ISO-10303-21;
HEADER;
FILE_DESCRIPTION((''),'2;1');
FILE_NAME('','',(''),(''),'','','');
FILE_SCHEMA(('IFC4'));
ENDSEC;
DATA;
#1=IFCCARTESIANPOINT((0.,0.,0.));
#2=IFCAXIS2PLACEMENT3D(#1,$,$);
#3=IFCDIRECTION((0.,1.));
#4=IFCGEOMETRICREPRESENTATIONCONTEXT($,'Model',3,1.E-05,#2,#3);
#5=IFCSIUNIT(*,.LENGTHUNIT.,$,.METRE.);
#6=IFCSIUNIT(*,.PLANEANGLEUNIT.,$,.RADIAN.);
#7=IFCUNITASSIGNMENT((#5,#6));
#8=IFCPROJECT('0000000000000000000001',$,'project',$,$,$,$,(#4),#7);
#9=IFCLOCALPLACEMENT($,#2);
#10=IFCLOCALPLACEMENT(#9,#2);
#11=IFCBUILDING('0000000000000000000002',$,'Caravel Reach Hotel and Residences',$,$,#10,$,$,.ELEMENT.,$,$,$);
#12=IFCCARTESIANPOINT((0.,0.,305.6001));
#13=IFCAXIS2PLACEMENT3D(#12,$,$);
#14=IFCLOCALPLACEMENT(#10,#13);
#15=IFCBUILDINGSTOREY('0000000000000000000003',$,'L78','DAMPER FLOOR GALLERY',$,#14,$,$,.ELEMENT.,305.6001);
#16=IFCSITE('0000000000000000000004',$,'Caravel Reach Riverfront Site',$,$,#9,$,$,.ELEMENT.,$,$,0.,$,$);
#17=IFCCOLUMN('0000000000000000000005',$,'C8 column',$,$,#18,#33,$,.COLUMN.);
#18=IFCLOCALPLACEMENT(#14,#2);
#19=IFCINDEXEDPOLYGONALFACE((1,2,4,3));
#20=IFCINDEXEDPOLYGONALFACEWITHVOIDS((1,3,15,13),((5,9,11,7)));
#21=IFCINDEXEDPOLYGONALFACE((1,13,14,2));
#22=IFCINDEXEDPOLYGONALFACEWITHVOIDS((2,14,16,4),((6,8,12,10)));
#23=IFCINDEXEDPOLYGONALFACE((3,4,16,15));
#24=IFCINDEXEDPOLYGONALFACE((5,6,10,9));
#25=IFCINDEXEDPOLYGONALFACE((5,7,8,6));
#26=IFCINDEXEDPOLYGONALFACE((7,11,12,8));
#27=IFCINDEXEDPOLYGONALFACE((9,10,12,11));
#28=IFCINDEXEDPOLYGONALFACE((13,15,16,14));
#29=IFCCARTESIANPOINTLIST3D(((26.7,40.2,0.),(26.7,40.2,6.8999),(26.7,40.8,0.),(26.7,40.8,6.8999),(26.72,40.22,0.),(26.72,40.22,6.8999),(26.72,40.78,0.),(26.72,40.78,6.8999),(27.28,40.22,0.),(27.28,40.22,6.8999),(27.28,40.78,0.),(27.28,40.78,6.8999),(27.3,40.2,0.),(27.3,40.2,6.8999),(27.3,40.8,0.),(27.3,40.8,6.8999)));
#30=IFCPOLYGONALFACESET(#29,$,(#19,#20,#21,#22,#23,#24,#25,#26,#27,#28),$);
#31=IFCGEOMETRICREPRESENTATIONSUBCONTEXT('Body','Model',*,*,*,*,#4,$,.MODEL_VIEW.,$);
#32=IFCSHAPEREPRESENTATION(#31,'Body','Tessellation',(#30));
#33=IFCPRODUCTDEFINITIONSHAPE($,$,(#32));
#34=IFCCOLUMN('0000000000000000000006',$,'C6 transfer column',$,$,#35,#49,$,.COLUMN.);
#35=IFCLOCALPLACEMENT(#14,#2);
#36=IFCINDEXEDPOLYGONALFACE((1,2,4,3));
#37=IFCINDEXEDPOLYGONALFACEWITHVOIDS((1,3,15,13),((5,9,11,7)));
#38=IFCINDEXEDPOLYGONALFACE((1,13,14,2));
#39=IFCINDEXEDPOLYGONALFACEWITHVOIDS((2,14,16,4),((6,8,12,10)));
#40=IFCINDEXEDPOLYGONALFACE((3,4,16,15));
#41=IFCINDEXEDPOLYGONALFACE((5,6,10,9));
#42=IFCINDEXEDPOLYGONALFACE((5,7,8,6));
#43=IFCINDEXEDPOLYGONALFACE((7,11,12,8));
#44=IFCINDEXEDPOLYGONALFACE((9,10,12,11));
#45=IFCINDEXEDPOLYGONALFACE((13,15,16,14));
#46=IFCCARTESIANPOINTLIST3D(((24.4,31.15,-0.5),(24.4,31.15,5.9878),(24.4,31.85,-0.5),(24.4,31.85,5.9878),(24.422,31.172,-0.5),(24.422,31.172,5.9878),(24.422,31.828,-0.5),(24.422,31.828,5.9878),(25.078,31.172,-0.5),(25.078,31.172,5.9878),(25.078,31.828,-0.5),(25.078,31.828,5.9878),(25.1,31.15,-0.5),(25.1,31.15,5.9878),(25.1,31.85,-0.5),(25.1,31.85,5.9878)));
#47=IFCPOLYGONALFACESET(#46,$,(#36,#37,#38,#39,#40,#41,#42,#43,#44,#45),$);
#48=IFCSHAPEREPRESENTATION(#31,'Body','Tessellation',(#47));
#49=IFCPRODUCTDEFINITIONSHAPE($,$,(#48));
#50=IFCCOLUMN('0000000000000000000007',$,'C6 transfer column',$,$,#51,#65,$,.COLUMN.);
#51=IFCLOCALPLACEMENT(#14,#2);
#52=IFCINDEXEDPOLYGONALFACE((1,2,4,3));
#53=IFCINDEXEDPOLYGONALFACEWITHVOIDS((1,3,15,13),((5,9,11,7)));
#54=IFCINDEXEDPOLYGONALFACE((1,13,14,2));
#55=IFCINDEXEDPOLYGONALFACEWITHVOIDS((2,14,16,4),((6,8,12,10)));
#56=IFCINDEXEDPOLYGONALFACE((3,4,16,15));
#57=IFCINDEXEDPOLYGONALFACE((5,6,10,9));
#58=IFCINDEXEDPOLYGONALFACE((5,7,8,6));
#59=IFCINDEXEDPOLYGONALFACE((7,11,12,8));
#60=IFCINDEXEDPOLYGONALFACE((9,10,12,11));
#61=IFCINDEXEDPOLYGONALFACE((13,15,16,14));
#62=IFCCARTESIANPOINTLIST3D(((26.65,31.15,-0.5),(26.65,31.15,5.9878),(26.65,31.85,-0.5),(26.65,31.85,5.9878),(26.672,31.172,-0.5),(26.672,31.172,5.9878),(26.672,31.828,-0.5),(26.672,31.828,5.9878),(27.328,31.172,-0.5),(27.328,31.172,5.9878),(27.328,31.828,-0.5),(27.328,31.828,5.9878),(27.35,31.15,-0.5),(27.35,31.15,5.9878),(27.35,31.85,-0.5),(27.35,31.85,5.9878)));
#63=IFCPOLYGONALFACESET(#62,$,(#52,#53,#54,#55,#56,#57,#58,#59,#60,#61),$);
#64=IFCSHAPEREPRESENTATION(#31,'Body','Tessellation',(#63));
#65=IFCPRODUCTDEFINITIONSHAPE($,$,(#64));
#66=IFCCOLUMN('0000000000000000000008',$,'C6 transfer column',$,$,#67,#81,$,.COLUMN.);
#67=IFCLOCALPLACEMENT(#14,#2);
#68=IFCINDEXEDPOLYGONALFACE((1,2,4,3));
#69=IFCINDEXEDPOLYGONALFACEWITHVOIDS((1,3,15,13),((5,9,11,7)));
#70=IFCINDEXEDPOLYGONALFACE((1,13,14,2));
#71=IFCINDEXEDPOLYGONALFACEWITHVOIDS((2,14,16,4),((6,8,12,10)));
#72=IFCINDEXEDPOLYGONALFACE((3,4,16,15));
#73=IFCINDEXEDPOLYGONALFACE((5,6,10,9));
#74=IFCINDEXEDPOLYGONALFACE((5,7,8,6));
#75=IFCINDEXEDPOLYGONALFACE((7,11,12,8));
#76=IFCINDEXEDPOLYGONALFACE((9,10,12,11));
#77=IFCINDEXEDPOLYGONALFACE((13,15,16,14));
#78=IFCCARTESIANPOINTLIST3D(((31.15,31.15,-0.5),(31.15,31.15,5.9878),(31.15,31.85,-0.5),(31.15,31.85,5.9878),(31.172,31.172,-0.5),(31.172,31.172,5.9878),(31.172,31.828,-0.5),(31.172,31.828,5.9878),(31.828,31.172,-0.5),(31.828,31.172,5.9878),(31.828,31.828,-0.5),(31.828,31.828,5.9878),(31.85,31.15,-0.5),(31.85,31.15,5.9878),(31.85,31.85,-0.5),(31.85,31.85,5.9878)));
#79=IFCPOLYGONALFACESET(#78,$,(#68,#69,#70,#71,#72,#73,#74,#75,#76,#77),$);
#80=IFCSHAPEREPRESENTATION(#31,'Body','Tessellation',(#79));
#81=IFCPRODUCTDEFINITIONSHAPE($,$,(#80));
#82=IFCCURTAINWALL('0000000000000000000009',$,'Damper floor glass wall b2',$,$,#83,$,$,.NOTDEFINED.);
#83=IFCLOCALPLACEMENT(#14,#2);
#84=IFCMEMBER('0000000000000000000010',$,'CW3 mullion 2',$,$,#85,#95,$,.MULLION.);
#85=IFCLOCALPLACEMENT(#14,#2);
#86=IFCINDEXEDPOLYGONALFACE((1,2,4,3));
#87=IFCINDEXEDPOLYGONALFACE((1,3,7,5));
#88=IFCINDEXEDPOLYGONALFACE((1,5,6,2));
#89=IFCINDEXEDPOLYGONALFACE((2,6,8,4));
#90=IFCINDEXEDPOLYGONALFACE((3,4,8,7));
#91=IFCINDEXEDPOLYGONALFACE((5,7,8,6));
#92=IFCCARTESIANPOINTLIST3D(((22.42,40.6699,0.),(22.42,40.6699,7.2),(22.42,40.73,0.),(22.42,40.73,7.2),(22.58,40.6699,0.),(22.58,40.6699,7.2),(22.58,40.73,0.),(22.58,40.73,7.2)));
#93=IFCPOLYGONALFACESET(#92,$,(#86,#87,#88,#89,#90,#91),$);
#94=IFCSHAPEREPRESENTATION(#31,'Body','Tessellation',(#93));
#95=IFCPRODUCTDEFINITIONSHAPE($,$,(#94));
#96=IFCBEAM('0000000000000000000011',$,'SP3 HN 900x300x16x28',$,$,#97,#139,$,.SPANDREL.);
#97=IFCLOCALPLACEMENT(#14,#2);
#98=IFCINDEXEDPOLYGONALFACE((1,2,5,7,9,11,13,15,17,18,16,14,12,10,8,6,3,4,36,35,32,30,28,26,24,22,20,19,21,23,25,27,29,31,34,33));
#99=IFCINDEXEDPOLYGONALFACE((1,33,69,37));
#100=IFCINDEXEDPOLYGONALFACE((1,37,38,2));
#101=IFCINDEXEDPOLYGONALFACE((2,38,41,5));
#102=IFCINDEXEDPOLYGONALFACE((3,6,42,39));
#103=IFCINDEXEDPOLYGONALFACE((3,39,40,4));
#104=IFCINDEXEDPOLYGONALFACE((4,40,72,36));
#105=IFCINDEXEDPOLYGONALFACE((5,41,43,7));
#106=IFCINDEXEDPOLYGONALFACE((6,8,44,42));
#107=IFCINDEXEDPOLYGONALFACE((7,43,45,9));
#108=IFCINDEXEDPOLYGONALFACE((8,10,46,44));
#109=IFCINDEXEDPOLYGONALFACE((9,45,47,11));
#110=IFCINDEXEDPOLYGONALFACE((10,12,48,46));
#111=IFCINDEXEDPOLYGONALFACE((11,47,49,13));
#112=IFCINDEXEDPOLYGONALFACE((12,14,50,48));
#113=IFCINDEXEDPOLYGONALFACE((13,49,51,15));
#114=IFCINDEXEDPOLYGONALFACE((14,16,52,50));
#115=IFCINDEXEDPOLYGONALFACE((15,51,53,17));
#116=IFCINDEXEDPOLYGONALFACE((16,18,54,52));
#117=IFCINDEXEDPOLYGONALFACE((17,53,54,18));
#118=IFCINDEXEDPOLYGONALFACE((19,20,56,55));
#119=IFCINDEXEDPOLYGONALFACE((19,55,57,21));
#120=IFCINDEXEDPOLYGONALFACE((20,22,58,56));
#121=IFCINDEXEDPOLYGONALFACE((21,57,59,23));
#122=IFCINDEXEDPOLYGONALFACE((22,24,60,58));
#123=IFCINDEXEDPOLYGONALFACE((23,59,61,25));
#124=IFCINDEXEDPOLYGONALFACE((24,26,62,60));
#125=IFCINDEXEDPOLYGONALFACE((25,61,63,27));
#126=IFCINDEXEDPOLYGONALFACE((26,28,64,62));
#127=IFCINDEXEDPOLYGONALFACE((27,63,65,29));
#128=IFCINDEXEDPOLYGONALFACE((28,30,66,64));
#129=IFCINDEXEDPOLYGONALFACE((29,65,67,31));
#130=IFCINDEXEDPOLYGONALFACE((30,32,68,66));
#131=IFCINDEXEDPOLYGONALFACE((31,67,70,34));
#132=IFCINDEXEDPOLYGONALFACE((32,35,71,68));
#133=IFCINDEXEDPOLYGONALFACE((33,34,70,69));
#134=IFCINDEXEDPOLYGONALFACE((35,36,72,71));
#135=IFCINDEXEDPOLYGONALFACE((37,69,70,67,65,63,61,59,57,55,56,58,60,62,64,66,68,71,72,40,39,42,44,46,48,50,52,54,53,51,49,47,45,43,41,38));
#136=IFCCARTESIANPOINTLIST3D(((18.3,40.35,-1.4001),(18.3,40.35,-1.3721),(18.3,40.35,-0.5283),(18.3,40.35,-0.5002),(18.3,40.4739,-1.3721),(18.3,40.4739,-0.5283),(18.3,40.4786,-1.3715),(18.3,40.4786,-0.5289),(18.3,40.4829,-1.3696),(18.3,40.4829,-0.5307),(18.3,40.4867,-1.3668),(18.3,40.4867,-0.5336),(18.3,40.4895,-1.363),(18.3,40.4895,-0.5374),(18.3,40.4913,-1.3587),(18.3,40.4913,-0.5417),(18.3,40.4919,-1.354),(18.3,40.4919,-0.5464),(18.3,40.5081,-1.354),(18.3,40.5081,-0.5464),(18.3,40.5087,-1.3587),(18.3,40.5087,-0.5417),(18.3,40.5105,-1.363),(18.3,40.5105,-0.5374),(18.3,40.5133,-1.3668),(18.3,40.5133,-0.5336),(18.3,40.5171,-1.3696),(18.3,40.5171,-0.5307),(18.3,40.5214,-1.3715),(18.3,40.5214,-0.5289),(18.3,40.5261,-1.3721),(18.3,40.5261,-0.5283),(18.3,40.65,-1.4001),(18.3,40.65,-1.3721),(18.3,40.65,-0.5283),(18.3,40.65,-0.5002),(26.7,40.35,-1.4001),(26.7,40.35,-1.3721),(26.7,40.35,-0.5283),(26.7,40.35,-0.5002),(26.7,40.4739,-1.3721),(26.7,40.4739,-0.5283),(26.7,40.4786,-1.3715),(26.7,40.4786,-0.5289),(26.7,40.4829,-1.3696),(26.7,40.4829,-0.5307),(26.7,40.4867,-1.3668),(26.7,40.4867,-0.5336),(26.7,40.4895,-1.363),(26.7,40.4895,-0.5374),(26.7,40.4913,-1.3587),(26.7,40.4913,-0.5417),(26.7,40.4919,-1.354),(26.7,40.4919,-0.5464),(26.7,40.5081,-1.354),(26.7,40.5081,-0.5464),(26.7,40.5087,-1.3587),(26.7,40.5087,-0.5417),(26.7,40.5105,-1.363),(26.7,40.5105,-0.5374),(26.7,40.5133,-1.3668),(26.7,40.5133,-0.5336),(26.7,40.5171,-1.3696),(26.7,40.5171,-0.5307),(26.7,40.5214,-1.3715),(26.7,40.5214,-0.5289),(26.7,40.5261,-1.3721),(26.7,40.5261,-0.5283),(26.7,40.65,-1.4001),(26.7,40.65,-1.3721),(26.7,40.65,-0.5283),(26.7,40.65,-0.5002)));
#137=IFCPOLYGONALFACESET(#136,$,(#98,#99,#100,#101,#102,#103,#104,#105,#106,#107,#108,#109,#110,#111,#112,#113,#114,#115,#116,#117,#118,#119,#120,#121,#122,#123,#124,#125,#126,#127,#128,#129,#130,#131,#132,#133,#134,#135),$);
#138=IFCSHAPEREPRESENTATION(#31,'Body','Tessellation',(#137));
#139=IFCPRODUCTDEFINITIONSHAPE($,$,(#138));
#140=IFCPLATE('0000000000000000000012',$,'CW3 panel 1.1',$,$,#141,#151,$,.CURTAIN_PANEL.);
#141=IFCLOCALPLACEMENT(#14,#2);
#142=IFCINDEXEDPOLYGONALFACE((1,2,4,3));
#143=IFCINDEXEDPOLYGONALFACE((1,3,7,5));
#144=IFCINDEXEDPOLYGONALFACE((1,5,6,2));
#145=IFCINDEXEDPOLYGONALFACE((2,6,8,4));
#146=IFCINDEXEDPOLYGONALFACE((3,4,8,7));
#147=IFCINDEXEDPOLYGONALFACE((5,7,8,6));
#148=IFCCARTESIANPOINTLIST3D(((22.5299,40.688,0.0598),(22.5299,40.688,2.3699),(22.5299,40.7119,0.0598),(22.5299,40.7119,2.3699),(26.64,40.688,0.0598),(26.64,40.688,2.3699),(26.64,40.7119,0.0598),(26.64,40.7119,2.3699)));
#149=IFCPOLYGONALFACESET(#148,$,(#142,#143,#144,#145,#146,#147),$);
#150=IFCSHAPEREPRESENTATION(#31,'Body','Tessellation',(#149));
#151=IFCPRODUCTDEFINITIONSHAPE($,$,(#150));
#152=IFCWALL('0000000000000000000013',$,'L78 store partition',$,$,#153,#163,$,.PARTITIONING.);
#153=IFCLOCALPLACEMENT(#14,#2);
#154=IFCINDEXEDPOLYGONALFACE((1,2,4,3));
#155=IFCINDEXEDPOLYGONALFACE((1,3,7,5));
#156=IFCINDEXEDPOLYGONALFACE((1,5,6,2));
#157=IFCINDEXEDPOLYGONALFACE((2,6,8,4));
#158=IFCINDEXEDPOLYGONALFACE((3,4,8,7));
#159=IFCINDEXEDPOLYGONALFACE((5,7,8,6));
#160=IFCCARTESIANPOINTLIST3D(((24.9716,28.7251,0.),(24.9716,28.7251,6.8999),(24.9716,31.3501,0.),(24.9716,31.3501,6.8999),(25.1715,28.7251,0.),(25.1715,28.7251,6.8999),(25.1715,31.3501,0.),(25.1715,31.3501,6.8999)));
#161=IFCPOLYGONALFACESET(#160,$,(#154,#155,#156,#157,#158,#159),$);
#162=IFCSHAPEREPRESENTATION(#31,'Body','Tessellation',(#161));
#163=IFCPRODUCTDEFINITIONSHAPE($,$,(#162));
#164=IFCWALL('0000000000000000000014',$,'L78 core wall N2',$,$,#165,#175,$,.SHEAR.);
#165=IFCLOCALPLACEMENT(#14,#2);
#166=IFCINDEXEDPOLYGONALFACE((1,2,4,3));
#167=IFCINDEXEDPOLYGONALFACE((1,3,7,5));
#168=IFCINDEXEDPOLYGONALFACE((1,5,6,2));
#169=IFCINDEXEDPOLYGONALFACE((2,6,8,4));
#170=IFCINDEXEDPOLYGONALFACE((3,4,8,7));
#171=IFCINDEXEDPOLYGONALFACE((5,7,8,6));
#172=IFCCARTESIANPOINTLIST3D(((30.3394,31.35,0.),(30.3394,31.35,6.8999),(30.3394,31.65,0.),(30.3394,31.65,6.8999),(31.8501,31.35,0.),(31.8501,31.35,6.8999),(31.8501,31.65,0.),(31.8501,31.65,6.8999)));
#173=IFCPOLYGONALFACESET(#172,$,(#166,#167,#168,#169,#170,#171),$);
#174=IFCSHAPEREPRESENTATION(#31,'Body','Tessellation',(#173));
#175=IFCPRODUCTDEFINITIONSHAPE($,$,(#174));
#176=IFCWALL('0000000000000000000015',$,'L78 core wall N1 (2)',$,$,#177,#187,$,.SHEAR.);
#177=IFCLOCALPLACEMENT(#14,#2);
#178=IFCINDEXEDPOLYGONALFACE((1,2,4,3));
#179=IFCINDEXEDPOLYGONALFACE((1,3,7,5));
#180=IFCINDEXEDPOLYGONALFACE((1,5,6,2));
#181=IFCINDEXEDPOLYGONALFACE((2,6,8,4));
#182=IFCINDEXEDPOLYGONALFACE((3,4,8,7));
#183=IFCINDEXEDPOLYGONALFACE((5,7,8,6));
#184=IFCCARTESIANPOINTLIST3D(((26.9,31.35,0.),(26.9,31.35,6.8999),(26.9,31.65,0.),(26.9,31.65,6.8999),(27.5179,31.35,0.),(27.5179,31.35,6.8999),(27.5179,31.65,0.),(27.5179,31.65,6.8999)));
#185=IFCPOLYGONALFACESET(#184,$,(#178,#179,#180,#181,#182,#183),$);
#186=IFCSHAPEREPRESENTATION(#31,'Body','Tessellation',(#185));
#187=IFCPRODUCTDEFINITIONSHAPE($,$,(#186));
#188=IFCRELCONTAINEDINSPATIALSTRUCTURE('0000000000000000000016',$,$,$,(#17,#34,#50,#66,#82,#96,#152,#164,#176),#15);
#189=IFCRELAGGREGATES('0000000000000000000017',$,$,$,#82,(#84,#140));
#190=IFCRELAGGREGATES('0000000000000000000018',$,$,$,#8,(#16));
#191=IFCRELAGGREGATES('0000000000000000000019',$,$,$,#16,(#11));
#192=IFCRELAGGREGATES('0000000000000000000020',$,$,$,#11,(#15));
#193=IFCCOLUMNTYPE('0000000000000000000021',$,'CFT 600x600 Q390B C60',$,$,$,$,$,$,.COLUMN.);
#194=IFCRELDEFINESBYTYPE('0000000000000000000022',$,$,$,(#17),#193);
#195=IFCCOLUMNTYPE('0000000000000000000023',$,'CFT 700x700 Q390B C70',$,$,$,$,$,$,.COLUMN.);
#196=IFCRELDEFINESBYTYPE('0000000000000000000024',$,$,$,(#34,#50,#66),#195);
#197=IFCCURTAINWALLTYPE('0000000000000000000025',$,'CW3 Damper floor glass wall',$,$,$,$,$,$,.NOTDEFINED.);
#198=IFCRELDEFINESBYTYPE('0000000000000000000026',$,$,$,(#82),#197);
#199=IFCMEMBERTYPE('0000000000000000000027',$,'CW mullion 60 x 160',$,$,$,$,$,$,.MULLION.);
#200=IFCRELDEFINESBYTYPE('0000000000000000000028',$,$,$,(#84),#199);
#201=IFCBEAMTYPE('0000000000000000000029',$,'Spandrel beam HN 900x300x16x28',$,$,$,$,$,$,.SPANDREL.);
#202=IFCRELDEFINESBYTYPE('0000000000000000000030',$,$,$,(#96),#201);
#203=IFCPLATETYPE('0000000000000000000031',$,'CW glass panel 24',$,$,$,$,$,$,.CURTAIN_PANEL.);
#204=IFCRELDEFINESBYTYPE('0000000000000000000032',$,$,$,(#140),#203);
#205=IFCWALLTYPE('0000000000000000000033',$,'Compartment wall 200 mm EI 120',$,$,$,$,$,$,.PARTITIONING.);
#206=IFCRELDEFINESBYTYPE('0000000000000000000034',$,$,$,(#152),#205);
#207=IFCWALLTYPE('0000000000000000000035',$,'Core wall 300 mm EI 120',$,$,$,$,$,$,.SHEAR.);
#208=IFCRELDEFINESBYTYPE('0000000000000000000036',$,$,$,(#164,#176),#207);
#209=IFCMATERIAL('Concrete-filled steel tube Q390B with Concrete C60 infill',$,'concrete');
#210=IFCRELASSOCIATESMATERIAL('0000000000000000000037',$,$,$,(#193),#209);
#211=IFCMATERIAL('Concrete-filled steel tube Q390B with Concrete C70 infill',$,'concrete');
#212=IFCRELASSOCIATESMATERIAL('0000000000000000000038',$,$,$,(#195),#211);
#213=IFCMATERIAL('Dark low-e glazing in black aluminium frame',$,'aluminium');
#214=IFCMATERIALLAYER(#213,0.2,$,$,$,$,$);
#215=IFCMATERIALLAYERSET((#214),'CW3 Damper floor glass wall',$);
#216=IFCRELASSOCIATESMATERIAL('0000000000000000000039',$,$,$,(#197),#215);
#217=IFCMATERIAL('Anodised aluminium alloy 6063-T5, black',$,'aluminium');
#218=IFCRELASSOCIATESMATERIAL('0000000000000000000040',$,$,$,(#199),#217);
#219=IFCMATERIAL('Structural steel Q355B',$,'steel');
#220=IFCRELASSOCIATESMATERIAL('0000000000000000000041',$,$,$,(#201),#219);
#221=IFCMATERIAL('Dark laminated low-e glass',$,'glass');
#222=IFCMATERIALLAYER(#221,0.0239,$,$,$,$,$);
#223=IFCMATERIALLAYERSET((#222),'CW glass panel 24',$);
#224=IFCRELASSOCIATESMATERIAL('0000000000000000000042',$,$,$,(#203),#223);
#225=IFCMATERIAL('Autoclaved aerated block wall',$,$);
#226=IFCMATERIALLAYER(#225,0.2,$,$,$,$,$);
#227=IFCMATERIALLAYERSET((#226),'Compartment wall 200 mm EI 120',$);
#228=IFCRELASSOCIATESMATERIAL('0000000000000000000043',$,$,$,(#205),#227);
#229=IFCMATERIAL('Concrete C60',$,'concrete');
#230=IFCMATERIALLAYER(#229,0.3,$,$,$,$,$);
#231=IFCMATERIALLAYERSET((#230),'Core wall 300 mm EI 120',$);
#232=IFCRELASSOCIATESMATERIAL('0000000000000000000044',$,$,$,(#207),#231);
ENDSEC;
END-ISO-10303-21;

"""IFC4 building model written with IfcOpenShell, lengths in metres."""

from ifc_helpers import new_model, si_unit, direction, frame, frame_2d, origin, origin_2d, place, context, subcontext, project, spatial, rectangle, hollow_rectangle, i_section, extrude, material, layer, layer_set, material_profile, profile_set, type_object, element, aggregate, save


model = new_model("IFC4")

# Units and contexts
model_context = context("Model", 3, precision=1e-05, world=origin(), true_north=direction((0.0, 1.0)))
body_context = subcontext(model_context, "Body", "Model", "MODEL_VIEW")
ifc_project = project(units=[si_unit("LENGTHUNIT", "METRE"), si_unit("PLANEANGLEUNIT", "RADIAN")], contexts=[model_context])

# Site, building, storey
site_placement = place(None, origin())
site = spatial("IfcSite", under=ifc_project, at=site_placement, Name="Caravel Reach Riverfront Site", CompositionType="ELEMENT", RefElevation=0.0)
building_placement = place(site_placement, origin())
building = spatial("IfcBuilding", under=site, at=building_placement, Name="Caravel Reach Hotel and Residences", CompositionType="ELEMENT")
storey_placement = place(building_placement, frame((0.0, 0.0, 305.6001)))
storey = spatial("IfcBuildingStorey", under=building, at=storey_placement, Name="L78", Description="DAMPER FLOOR GALLERY", CompositionType="ELEMENT", Elevation=305.6001)

# Columns
ifc_material_1 = material(Name="Concrete-filled steel tube Q390B with Concrete C60 infill", Category="concrete")
ifc_material_profile_1 = material_profile(ifc_material_1, hollow_rectangle(XDim=0.6001, YDim=0.6001, WallThickness=0.02, at=origin_2d()), Name="RHS 600x600x20")
ifc_profile_set_1 = profile_set([ifc_material_profile_1], Name="Concrete-filled steel tube Q390B with Concrete C60 infill")
column_type_1 = type_object("IfcColumnType", Name="CFT 600x600 Q390B C60", PredefinedType="COLUMN", material=ifc_profile_set_1)
column_placement = place(storey_placement, frame((27.0, 40.5, 0.0), z_axis=(0.0, 0.0, 1.0), x_axis=(1.0, 0.0, 0.0)))
element("IfcColumn", 1, at=column_placement, inside=storey, type_object=column_type_1, Name="C8 column", PredefinedType="COLUMN", context=body_context, shape_type="SweptSolid", body=[
    extrude(hollow_rectangle(XDim=0.6001, YDim=0.6001, WallThickness=0.02, at=origin_2d()), origin(), (0.0, 0.0, 1.0), 6.8999),
])
ifc_material_2 = material(Name="Concrete-filled steel tube Q390B with Concrete C70 infill", Category="concrete")
ifc_material_profile_2 = material_profile(ifc_material_2, hollow_rectangle(XDim=0.7, YDim=0.7, WallThickness=0.022, at=origin_2d()), Name="RHS 700x700x22")
ifc_profile_set_2 = profile_set([ifc_material_profile_2], Name="Concrete-filled steel tube Q390B with Concrete C70 infill")
column_type_2 = type_object("IfcColumnType", Name="CFT 700x700 Q390B C70", PredefinedType="COLUMN", material=ifc_profile_set_2)
for number, where, z_axis, x_axis, name in (
    (2, (24.75, 31.5, -0.5), (0.0, 0.0, 1.0), (1.0, 0.0, 0.0), "C6 transfer column"),
    (3, (27.0, 31.5, -0.5), (0.0, 0.0, 1.0), (1.0, 0.0, 0.0), "C6 transfer column"),
    (4, (31.5, 31.5, -0.5), (0.0, 0.0, 1.0), (1.0, 0.0, 0.0), "C6 transfer column"),
):
    element("IfcColumn", number, at=place(storey_placement, frame(where, z_axis=z_axis, x_axis=x_axis)), inside=storey, type_object=column_type_2, Name=name, PredefinedType="COLUMN", context=body_context, shape_type="SweptSolid", body=[
        extrude(hollow_rectangle(XDim=0.7, YDim=0.7, WallThickness=0.022, at=origin_2d()), origin(), (0.0, 0.0, 1.0), 6.4878),
    ])

# Curtain wall, member
ifc_material_3 = material(Name="Dark low-e glazing in black aluminium frame", Category="aluminium")
ifc_layer_1 = layer(ifc_material_3, 0.2)
ifc_layer_set_1 = layer_set([ifc_layer_1], Name="CW3 Damper floor glass wall")
curtain_wall_type = type_object("IfcCurtainWallType", Name="CW3 Damper floor glass wall", PredefinedType="NOTDEFINED", material=ifc_layer_set_1)
curtain_wall_placement = place(storey_placement, origin())
curtain_wall = element("IfcCurtainWall", 5, at=curtain_wall_placement, inside=storey, type_object=curtain_wall_type, Name="Damper floor glass wall b2", PredefinedType="NOTDEFINED")
ifc_material_4 = material(Name="Anodised aluminium alloy 6063-T5, black", Category="aluminium")
ifc_material_profile_3 = material_profile(ifc_material_4, rectangle(XDim=0.0601, YDim=0.1599, at=origin_2d()), Name="CW mullion 60 x 160")
ifc_profile_set_3 = profile_set([ifc_material_profile_3], Name="Anodised aluminium alloy 6063-T5, black")
member_type = type_object("IfcMemberType", Name="CW mullion 60 x 160", PredefinedType="MULLION", material=ifc_profile_set_3)
member_placement = place(storey_placement, frame((22.5, 40.7, 0.0), z_axis=(0.0, 0.0, 1.0), x_axis=(0.0, -1.0, 0.0)))
member = element("IfcMember", 6, at=member_placement, type_object=member_type, Name="CW3 mullion 2", PredefinedType="MULLION", context=body_context, shape_type="SweptSolid", body=[
    extrude(rectangle(XDim=0.0601, YDim=0.1599, at=origin_2d()), origin(), (0.0, 0.0, 1.0), 7.2),
])

# Beam
ifc_material_5 = material(Name="Structural steel Q355B", Category="steel")
ifc_material_profile_4 = material_profile(ifc_material_5, i_section(OverallWidth=0.3, OverallDepth=0.8999, WebThickness=0.0161, FlangeThickness=0.0281, FilletRadius=0.0181, at=origin_2d()), Name="HN 900x300x16x28")
ifc_profile_set_4 = profile_set([ifc_material_profile_4], Name="Structural steel Q355B")
beam_type = type_object("IfcBeamType", Name="Spandrel beam HN 900x300x16x28", PredefinedType="SPANDREL", material=ifc_profile_set_4)
beam_placement = place(storey_placement, frame((26.7, 40.5, -0.9502), z_axis=(-1.0, 0.0, 0.0), x_axis=(0.0, -1.0, 0.0)))
element("IfcBeam", 7, at=beam_placement, inside=storey, type_object=beam_type, Name="SP3 HN 900x300x16x28", PredefinedType="SPANDREL", context=body_context, shape_type="SweptSolid", body=[
    extrude(i_section(OverallWidth=0.3, OverallDepth=0.8999, WebThickness=0.0161, FlangeThickness=0.0281, FilletRadius=0.0181, at=origin_2d()), origin(), (0.0, 0.0, 1.0), 8.3999),
])

# Plate
ifc_material_6 = material(Name="Dark laminated low-e glass", Category="glass")
ifc_layer_2 = layer(ifc_material_6, 0.0239)
ifc_layer_set_2 = layer_set([ifc_layer_2], Name="CW glass panel 24")
plate_type = type_object("IfcPlateType", Name="CW glass panel 24", PredefinedType="CURTAIN_PANEL", material=ifc_layer_set_2)
plate_placement = place(storey_placement, frame((24.585, 40.7, 0.0598), z_axis=(0.0, 0.0, 1.0), x_axis=(-1.0, 0.0, 0.0)))
plate = element("IfcPlate", 8, at=plate_placement, type_object=plate_type, Name="CW3 panel 1.1", PredefinedType="CURTAIN_PANEL", context=body_context, shape_type="SweptSolid", body=[
    extrude(rectangle(XDim=4.1101, YDim=0.0239, at=origin_2d()), origin(), (0.0, 0.0, 1.0), 2.3101),
])
aggregate(curtain_wall, [member, plate])

# Walls
ifc_material_7 = material(Name="Autoclaved aerated block wall")
ifc_layer_3 = layer(ifc_material_7, 0.2)
ifc_layer_set_3 = layer_set([ifc_layer_3], Name="Compartment wall 200 mm EI 120")
wall_type_1 = type_object("IfcWallType", Name="Compartment wall 200 mm EI 120", PredefinedType="PARTITIONING", material=ifc_layer_set_3)
wall_1_placement = place(storey_placement, frame((25.0715, 28.7251, 0.0), z_axis=(0.0, 0.0, 1.0), x_axis=(0.0, 1.0, 0.0)))
element("IfcWall", 9, at=wall_1_placement, inside=storey, type_object=wall_type_1, Name="L78 store partition", PredefinedType="PARTITIONING", context=body_context, shape_type="SweptSolid", body=[
    extrude(rectangle(XDim=2.625, YDim=0.2, at=frame_2d((1.3125, 0.0))), origin(), (0.0, 0.0, 1.0), 6.8999),
])
ifc_material_8 = material(Name="Concrete C60", Category="concrete")
ifc_layer_4 = layer(ifc_material_8, 0.3)
ifc_layer_set_4 = layer_set([ifc_layer_4], Name="Core wall 300 mm EI 120")
wall_type_2 = type_object("IfcWallType", Name="Core wall 300 mm EI 120", PredefinedType="SHEAR", material=ifc_layer_set_4)
wall_2_placement = place(storey_placement, frame((30.3394, 31.5, 0.0), z_axis=(0.0, 0.0, 1.0), x_axis=(1.0, 0.0, 0.0)))
element("IfcWall", 10, at=wall_2_placement, inside=storey, type_object=wall_type_2, Name="L78 core wall N2", PredefinedType="SHEAR", context=body_context, shape_type="SweptSolid", body=[
    extrude(rectangle(XDim=1.5107, YDim=0.3, at=frame_2d((0.7554, 0.0))), origin(), (0.0, 0.0, 1.0), 6.8999),
])
wall_3_placement = place(storey_placement, frame((26.8999, 31.5, 0.0), z_axis=(0.0, 0.0, 1.0), x_axis=(1.0, 0.0, 0.0)))
element("IfcWall", 11, at=wall_3_placement, inside=storey, type_object=wall_type_2, Name="L78 core wall N1 (2)", PredefinedType="SHEAR", context=body_context, shape_type="SweptSolid", body=[
    extrude(rectangle(XDim=0.6179, YDim=0.3, at=frame_2d((0.3091, 0.0))), origin(), (0.0, 0.0, 1.0), 6.8999),
])

save(model, "model.ifc")
